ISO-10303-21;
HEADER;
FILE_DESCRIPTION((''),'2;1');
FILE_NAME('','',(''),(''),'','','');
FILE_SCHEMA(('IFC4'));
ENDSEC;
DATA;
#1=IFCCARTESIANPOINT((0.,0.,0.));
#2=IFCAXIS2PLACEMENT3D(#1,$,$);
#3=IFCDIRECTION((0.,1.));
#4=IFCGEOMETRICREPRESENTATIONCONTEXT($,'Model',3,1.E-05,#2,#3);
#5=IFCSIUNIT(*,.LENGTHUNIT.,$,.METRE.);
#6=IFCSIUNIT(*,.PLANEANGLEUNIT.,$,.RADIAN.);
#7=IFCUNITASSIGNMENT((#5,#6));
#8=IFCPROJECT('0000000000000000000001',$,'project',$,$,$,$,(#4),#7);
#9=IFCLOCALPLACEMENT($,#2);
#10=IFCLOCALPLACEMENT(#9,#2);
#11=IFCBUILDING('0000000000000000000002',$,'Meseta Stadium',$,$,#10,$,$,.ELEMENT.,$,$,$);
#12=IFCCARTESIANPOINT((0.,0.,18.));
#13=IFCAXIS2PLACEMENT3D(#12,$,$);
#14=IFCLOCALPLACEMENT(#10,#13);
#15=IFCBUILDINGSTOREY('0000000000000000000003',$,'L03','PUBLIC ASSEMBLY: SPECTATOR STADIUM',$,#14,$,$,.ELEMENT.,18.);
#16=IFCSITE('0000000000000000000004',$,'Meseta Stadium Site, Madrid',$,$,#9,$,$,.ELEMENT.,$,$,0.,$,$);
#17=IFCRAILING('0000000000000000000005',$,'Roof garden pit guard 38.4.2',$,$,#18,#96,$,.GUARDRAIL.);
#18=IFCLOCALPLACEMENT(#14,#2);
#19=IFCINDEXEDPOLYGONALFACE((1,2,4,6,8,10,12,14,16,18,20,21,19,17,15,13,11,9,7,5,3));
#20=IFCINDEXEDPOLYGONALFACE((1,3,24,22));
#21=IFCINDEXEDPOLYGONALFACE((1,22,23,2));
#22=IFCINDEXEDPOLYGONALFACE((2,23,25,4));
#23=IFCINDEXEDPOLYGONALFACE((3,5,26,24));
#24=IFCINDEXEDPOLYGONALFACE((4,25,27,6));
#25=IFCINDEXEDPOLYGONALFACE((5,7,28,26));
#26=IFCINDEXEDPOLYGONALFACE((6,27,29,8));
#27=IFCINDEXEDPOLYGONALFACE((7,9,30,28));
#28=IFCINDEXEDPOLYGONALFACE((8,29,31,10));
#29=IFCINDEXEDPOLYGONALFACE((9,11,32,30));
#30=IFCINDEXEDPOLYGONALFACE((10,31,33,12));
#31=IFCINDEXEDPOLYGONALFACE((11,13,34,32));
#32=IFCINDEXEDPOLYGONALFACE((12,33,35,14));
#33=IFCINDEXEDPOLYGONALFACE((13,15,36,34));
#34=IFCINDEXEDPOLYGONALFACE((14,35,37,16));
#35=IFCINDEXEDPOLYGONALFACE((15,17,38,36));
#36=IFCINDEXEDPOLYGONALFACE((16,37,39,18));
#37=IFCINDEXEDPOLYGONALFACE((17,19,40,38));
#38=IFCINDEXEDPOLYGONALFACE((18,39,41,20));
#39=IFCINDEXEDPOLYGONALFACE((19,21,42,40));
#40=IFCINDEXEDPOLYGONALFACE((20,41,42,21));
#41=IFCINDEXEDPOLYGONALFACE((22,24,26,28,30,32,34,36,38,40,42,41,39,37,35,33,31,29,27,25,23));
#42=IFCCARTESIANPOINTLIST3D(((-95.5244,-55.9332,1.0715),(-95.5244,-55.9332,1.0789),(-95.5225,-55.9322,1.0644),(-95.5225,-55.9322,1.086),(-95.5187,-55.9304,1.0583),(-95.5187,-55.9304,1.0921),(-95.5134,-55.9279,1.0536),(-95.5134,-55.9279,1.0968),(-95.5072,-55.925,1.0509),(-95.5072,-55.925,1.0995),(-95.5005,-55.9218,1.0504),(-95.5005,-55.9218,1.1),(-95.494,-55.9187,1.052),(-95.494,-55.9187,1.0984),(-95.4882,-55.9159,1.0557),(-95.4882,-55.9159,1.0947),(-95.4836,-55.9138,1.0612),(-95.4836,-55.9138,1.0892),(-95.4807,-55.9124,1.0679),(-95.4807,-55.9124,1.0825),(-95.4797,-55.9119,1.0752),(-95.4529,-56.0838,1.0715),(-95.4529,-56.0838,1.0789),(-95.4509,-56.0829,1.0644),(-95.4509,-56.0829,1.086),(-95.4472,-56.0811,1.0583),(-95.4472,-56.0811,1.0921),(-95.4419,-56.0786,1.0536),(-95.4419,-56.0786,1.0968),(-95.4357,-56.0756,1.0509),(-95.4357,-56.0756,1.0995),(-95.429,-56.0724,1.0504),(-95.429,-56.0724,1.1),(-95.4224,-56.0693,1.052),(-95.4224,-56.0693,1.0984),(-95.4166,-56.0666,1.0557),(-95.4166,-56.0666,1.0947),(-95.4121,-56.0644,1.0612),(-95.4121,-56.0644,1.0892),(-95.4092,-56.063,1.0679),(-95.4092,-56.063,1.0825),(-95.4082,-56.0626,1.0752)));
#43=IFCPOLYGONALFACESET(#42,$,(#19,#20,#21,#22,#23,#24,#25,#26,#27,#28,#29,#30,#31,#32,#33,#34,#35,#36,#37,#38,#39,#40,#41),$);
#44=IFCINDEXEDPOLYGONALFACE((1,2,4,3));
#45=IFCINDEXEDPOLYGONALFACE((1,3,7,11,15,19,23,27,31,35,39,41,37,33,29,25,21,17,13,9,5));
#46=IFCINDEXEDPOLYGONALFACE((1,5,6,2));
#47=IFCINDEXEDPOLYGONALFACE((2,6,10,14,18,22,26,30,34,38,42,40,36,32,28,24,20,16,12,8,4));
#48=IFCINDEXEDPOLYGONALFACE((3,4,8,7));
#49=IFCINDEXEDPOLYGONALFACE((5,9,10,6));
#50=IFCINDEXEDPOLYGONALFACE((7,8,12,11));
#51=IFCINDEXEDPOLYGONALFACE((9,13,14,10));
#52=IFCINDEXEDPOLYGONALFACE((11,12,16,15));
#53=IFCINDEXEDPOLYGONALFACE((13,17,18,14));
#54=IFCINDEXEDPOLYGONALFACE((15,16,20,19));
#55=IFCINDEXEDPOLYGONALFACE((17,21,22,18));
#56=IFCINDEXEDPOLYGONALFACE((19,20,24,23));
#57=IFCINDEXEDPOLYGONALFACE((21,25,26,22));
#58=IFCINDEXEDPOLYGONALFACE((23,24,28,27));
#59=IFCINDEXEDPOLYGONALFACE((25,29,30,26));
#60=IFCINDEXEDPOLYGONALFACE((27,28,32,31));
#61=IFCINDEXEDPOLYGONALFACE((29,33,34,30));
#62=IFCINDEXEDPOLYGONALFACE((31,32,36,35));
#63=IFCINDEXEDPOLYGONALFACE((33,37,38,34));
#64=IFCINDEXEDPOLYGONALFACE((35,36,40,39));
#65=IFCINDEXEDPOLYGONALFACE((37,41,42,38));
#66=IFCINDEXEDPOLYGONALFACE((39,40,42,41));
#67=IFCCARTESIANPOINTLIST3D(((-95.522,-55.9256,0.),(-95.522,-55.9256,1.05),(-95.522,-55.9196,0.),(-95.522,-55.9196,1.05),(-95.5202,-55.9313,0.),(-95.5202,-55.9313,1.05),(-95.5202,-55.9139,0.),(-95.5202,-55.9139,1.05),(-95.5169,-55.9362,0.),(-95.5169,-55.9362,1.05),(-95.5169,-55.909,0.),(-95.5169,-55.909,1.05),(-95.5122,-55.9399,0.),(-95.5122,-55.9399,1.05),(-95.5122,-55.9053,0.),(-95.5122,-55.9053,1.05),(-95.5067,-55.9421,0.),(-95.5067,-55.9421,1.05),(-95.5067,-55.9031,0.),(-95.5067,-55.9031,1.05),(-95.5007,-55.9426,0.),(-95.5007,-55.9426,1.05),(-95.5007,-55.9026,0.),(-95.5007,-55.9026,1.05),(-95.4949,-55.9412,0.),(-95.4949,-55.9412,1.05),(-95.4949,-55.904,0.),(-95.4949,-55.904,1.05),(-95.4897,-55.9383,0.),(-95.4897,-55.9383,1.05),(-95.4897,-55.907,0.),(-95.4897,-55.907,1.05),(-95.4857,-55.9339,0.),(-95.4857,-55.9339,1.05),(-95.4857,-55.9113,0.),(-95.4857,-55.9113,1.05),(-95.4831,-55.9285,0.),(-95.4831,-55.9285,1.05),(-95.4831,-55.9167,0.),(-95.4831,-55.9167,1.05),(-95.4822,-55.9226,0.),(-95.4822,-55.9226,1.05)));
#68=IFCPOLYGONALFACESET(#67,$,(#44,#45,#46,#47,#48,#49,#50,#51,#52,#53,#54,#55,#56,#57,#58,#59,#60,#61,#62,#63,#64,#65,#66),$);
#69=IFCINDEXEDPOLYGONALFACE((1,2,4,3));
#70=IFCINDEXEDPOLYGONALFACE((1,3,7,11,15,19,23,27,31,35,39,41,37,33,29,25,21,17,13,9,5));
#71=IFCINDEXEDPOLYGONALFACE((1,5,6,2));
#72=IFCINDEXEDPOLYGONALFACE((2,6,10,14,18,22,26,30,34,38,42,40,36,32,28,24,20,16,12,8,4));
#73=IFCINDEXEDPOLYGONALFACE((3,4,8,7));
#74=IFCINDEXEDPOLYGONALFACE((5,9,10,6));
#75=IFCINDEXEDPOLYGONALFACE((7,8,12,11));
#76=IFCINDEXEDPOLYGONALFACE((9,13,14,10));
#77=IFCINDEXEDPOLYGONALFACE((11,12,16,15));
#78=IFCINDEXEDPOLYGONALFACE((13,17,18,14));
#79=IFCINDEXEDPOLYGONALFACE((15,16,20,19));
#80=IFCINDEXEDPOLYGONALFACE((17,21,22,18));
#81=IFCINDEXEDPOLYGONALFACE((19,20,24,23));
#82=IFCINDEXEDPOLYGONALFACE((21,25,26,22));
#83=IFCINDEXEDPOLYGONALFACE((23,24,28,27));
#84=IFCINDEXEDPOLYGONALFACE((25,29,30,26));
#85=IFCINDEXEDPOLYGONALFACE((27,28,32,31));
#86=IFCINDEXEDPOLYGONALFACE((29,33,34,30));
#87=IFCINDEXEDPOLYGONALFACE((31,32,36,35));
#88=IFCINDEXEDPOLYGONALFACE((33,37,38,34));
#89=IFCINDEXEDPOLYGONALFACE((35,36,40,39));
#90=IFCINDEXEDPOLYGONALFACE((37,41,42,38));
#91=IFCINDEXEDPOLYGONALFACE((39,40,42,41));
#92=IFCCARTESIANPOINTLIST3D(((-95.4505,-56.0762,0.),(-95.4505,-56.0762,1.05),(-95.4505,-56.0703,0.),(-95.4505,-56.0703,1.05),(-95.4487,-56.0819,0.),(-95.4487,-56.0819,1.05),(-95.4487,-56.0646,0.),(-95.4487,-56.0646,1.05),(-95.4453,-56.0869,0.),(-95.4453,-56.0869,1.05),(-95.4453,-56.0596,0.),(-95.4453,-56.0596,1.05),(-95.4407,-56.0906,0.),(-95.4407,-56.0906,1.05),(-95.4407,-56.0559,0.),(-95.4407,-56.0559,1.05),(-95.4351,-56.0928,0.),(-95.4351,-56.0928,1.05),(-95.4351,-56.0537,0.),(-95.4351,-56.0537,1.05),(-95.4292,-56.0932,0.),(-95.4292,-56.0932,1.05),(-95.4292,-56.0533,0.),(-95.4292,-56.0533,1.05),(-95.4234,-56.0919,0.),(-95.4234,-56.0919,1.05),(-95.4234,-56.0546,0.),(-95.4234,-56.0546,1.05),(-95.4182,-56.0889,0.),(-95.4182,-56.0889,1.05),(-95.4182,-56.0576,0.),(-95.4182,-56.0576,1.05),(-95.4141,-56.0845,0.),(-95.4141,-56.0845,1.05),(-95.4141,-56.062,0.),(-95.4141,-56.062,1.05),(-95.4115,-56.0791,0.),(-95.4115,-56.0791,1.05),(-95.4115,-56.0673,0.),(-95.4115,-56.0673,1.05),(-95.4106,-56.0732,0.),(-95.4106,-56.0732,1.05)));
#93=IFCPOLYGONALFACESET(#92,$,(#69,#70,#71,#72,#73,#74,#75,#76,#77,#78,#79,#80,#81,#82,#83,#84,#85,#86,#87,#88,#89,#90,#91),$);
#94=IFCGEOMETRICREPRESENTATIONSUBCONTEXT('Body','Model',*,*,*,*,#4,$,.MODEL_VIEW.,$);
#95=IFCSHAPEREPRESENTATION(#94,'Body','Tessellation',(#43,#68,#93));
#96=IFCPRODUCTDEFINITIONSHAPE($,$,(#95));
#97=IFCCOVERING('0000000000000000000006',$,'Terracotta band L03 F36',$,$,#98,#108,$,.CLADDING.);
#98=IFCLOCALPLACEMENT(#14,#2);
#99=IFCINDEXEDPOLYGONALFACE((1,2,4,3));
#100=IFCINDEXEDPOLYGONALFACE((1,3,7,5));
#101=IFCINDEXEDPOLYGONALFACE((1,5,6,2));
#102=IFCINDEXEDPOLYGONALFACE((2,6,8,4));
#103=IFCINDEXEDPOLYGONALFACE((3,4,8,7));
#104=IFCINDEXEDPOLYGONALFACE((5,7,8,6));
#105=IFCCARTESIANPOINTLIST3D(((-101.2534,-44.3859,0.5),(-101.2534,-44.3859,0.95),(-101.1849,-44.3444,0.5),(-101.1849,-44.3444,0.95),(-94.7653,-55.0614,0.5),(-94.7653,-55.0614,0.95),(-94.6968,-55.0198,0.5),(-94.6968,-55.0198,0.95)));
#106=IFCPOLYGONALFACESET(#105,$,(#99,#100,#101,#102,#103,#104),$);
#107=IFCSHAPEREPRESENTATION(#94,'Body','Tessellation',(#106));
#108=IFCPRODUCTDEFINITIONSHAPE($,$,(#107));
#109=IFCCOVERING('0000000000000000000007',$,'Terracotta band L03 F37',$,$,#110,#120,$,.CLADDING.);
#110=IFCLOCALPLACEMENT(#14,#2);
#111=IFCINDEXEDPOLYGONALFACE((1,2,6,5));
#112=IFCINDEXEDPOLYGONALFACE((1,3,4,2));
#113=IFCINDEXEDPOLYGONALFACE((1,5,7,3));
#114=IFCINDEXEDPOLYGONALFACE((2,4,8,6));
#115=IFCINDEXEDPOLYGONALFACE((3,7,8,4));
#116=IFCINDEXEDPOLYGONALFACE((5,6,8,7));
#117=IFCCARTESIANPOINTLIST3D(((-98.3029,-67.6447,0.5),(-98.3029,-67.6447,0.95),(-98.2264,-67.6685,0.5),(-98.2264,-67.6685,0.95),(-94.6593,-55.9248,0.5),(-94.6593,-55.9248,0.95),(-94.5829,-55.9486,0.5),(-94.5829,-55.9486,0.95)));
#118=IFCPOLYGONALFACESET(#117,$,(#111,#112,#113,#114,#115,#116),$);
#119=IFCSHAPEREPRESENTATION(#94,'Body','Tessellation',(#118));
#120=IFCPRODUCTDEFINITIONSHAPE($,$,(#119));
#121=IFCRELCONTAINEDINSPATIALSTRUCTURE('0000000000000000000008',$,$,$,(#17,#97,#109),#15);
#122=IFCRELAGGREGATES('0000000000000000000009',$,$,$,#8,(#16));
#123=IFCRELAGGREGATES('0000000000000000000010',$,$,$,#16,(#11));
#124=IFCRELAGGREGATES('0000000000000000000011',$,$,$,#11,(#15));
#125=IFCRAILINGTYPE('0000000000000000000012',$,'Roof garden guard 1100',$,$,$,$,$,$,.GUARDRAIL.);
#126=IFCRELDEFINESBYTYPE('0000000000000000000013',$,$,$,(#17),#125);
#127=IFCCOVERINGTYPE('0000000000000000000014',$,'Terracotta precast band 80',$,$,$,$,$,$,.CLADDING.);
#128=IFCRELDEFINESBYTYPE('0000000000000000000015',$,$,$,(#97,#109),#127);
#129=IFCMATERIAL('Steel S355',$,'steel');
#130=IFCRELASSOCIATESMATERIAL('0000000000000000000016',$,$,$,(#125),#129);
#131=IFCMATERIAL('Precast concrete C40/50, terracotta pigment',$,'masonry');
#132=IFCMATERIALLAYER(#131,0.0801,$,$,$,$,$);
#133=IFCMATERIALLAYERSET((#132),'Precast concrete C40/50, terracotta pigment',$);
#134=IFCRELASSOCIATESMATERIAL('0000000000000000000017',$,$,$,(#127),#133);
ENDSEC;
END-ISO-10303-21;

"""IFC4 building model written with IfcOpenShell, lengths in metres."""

from ifc_helpers import new_model, si_unit, direction, frame, origin, origin_2d, place, context, subcontext, project, spatial, rectangle, circle, extrude, material, layer, layer_set, type_object, element, save


model = new_model("IFC4")

# Units and contexts
model_context = context("Model", 3, precision=1e-05, world=origin(), true_north=direction((0.0, 1.0)))
body_context = subcontext(model_context, "Body", "Model", "MODEL_VIEW")
ifc_project = project(units=[si_unit("LENGTHUNIT", "METRE"), si_unit("PLANEANGLEUNIT", "RADIAN")], contexts=[model_context])

# Site, building, storey
site_placement = place(None, origin())
site = spatial("IfcSite", under=ifc_project, at=site_placement, Name="Meseta Stadium Site, Madrid", CompositionType="ELEMENT", RefElevation=0.0)
building_placement = place(site_placement, origin())
building = spatial("IfcBuilding", under=site, at=building_placement, Name="Meseta Stadium", CompositionType="ELEMENT")
storey_placement = place(building_placement, frame((0.0, 0.0, 18.0)))
storey = spatial("IfcBuildingStorey", under=building, at=storey_placement, Name="L03", Description="PUBLIC ASSEMBLY: SPECTATOR STADIUM", CompositionType="ELEMENT", Elevation=18.0)

# Railing
ifc_material_1 = material(Name="Steel S355", Category="steel")
railing_type = type_object("IfcRailingType", Name="Roof garden guard 1100", PredefinedType="GUARDRAIL", material=ifc_material_1)
railing_1_placement = place(storey_placement, frame((-95.5022, -55.9226, 0.0)))
element("IfcRailing", 1, at=railing_1_placement, inside=storey, type_object=railing_type, Name="Roof garden pit guard 38.4.2", PredefinedType="GUARDRAIL", context=body_context, shape_type="SweptSolid", body=[
    extrude(circle(Radius=0.0249, at=origin_2d()), frame((0.0, 0.0, 1.0752), z_axis=(0.428967, -0.90332, 0.0), x_axis=(0.90332, 0.428967, 0.0)), (0.0, 0.0, 1.0), 0.1667),
    extrude(circle(Radius=0.02, at=origin_2d()), origin(), (0.0, 0.0, 1.0), 1.05),
    extrude(circle(Radius=0.02, at=origin_2d()), frame((0.0715, -0.1506, 0.0)), (0.0, 0.0, 1.0), 1.05),
])

# Coverings
ifc_material_2 = material(Name="Precast concrete C40/50, terracotta pigment", Category="masonry")
ifc_layer_1 = layer(ifc_material_2, 0.0801)
ifc_layer_set_1 = layer_set([ifc_layer_1], Name="Precast concrete C40/50, terracotta pigment")
covering_type_1 = type_object("IfcCoveringType", Name="Terracotta precast band 80", PredefinedType="CLADDING", material=ifc_layer_set_1)
covering_1_placement = place(storey_placement, frame((-97.9751, -49.7029, 0.5), z_axis=(0.0, 0.0, 1.0), x_axis=(-0.519363, 0.854554, 0.0)))
element("IfcCovering", 2, at=covering_1_placement, inside=storey, type_object=covering_type_1, Name="Terracotta band L03 F36", PredefinedType="CLADDING", context=body_context, shape_type="SweptSolid", body=[
    extrude(rectangle(XDim=12.4924, YDim=0.0801, at=origin_2d()), origin(), (0.0, 0.0, 1.0), 0.45),
])
covering_2_placement = place(storey_placement, frame((-96.4429, -61.7966, 0.5), z_axis=(0.0, 0.0, 1.0), x_axis=(0.296868, 0.954918, 0.0)))
element("IfcCovering", 3, at=covering_2_placement, inside=storey, type_object=covering_type_1, Name="Terracotta band L03 F37", PredefinedType="CLADDING", context=body_context, shape_type="SweptSolid", body=[
    extrude(rectangle(XDim=12.2732, YDim=0.0801, at=origin_2d()), origin(), (0.0, 0.0, 1.0), 0.45),
])

save(model, "model.ifc")
